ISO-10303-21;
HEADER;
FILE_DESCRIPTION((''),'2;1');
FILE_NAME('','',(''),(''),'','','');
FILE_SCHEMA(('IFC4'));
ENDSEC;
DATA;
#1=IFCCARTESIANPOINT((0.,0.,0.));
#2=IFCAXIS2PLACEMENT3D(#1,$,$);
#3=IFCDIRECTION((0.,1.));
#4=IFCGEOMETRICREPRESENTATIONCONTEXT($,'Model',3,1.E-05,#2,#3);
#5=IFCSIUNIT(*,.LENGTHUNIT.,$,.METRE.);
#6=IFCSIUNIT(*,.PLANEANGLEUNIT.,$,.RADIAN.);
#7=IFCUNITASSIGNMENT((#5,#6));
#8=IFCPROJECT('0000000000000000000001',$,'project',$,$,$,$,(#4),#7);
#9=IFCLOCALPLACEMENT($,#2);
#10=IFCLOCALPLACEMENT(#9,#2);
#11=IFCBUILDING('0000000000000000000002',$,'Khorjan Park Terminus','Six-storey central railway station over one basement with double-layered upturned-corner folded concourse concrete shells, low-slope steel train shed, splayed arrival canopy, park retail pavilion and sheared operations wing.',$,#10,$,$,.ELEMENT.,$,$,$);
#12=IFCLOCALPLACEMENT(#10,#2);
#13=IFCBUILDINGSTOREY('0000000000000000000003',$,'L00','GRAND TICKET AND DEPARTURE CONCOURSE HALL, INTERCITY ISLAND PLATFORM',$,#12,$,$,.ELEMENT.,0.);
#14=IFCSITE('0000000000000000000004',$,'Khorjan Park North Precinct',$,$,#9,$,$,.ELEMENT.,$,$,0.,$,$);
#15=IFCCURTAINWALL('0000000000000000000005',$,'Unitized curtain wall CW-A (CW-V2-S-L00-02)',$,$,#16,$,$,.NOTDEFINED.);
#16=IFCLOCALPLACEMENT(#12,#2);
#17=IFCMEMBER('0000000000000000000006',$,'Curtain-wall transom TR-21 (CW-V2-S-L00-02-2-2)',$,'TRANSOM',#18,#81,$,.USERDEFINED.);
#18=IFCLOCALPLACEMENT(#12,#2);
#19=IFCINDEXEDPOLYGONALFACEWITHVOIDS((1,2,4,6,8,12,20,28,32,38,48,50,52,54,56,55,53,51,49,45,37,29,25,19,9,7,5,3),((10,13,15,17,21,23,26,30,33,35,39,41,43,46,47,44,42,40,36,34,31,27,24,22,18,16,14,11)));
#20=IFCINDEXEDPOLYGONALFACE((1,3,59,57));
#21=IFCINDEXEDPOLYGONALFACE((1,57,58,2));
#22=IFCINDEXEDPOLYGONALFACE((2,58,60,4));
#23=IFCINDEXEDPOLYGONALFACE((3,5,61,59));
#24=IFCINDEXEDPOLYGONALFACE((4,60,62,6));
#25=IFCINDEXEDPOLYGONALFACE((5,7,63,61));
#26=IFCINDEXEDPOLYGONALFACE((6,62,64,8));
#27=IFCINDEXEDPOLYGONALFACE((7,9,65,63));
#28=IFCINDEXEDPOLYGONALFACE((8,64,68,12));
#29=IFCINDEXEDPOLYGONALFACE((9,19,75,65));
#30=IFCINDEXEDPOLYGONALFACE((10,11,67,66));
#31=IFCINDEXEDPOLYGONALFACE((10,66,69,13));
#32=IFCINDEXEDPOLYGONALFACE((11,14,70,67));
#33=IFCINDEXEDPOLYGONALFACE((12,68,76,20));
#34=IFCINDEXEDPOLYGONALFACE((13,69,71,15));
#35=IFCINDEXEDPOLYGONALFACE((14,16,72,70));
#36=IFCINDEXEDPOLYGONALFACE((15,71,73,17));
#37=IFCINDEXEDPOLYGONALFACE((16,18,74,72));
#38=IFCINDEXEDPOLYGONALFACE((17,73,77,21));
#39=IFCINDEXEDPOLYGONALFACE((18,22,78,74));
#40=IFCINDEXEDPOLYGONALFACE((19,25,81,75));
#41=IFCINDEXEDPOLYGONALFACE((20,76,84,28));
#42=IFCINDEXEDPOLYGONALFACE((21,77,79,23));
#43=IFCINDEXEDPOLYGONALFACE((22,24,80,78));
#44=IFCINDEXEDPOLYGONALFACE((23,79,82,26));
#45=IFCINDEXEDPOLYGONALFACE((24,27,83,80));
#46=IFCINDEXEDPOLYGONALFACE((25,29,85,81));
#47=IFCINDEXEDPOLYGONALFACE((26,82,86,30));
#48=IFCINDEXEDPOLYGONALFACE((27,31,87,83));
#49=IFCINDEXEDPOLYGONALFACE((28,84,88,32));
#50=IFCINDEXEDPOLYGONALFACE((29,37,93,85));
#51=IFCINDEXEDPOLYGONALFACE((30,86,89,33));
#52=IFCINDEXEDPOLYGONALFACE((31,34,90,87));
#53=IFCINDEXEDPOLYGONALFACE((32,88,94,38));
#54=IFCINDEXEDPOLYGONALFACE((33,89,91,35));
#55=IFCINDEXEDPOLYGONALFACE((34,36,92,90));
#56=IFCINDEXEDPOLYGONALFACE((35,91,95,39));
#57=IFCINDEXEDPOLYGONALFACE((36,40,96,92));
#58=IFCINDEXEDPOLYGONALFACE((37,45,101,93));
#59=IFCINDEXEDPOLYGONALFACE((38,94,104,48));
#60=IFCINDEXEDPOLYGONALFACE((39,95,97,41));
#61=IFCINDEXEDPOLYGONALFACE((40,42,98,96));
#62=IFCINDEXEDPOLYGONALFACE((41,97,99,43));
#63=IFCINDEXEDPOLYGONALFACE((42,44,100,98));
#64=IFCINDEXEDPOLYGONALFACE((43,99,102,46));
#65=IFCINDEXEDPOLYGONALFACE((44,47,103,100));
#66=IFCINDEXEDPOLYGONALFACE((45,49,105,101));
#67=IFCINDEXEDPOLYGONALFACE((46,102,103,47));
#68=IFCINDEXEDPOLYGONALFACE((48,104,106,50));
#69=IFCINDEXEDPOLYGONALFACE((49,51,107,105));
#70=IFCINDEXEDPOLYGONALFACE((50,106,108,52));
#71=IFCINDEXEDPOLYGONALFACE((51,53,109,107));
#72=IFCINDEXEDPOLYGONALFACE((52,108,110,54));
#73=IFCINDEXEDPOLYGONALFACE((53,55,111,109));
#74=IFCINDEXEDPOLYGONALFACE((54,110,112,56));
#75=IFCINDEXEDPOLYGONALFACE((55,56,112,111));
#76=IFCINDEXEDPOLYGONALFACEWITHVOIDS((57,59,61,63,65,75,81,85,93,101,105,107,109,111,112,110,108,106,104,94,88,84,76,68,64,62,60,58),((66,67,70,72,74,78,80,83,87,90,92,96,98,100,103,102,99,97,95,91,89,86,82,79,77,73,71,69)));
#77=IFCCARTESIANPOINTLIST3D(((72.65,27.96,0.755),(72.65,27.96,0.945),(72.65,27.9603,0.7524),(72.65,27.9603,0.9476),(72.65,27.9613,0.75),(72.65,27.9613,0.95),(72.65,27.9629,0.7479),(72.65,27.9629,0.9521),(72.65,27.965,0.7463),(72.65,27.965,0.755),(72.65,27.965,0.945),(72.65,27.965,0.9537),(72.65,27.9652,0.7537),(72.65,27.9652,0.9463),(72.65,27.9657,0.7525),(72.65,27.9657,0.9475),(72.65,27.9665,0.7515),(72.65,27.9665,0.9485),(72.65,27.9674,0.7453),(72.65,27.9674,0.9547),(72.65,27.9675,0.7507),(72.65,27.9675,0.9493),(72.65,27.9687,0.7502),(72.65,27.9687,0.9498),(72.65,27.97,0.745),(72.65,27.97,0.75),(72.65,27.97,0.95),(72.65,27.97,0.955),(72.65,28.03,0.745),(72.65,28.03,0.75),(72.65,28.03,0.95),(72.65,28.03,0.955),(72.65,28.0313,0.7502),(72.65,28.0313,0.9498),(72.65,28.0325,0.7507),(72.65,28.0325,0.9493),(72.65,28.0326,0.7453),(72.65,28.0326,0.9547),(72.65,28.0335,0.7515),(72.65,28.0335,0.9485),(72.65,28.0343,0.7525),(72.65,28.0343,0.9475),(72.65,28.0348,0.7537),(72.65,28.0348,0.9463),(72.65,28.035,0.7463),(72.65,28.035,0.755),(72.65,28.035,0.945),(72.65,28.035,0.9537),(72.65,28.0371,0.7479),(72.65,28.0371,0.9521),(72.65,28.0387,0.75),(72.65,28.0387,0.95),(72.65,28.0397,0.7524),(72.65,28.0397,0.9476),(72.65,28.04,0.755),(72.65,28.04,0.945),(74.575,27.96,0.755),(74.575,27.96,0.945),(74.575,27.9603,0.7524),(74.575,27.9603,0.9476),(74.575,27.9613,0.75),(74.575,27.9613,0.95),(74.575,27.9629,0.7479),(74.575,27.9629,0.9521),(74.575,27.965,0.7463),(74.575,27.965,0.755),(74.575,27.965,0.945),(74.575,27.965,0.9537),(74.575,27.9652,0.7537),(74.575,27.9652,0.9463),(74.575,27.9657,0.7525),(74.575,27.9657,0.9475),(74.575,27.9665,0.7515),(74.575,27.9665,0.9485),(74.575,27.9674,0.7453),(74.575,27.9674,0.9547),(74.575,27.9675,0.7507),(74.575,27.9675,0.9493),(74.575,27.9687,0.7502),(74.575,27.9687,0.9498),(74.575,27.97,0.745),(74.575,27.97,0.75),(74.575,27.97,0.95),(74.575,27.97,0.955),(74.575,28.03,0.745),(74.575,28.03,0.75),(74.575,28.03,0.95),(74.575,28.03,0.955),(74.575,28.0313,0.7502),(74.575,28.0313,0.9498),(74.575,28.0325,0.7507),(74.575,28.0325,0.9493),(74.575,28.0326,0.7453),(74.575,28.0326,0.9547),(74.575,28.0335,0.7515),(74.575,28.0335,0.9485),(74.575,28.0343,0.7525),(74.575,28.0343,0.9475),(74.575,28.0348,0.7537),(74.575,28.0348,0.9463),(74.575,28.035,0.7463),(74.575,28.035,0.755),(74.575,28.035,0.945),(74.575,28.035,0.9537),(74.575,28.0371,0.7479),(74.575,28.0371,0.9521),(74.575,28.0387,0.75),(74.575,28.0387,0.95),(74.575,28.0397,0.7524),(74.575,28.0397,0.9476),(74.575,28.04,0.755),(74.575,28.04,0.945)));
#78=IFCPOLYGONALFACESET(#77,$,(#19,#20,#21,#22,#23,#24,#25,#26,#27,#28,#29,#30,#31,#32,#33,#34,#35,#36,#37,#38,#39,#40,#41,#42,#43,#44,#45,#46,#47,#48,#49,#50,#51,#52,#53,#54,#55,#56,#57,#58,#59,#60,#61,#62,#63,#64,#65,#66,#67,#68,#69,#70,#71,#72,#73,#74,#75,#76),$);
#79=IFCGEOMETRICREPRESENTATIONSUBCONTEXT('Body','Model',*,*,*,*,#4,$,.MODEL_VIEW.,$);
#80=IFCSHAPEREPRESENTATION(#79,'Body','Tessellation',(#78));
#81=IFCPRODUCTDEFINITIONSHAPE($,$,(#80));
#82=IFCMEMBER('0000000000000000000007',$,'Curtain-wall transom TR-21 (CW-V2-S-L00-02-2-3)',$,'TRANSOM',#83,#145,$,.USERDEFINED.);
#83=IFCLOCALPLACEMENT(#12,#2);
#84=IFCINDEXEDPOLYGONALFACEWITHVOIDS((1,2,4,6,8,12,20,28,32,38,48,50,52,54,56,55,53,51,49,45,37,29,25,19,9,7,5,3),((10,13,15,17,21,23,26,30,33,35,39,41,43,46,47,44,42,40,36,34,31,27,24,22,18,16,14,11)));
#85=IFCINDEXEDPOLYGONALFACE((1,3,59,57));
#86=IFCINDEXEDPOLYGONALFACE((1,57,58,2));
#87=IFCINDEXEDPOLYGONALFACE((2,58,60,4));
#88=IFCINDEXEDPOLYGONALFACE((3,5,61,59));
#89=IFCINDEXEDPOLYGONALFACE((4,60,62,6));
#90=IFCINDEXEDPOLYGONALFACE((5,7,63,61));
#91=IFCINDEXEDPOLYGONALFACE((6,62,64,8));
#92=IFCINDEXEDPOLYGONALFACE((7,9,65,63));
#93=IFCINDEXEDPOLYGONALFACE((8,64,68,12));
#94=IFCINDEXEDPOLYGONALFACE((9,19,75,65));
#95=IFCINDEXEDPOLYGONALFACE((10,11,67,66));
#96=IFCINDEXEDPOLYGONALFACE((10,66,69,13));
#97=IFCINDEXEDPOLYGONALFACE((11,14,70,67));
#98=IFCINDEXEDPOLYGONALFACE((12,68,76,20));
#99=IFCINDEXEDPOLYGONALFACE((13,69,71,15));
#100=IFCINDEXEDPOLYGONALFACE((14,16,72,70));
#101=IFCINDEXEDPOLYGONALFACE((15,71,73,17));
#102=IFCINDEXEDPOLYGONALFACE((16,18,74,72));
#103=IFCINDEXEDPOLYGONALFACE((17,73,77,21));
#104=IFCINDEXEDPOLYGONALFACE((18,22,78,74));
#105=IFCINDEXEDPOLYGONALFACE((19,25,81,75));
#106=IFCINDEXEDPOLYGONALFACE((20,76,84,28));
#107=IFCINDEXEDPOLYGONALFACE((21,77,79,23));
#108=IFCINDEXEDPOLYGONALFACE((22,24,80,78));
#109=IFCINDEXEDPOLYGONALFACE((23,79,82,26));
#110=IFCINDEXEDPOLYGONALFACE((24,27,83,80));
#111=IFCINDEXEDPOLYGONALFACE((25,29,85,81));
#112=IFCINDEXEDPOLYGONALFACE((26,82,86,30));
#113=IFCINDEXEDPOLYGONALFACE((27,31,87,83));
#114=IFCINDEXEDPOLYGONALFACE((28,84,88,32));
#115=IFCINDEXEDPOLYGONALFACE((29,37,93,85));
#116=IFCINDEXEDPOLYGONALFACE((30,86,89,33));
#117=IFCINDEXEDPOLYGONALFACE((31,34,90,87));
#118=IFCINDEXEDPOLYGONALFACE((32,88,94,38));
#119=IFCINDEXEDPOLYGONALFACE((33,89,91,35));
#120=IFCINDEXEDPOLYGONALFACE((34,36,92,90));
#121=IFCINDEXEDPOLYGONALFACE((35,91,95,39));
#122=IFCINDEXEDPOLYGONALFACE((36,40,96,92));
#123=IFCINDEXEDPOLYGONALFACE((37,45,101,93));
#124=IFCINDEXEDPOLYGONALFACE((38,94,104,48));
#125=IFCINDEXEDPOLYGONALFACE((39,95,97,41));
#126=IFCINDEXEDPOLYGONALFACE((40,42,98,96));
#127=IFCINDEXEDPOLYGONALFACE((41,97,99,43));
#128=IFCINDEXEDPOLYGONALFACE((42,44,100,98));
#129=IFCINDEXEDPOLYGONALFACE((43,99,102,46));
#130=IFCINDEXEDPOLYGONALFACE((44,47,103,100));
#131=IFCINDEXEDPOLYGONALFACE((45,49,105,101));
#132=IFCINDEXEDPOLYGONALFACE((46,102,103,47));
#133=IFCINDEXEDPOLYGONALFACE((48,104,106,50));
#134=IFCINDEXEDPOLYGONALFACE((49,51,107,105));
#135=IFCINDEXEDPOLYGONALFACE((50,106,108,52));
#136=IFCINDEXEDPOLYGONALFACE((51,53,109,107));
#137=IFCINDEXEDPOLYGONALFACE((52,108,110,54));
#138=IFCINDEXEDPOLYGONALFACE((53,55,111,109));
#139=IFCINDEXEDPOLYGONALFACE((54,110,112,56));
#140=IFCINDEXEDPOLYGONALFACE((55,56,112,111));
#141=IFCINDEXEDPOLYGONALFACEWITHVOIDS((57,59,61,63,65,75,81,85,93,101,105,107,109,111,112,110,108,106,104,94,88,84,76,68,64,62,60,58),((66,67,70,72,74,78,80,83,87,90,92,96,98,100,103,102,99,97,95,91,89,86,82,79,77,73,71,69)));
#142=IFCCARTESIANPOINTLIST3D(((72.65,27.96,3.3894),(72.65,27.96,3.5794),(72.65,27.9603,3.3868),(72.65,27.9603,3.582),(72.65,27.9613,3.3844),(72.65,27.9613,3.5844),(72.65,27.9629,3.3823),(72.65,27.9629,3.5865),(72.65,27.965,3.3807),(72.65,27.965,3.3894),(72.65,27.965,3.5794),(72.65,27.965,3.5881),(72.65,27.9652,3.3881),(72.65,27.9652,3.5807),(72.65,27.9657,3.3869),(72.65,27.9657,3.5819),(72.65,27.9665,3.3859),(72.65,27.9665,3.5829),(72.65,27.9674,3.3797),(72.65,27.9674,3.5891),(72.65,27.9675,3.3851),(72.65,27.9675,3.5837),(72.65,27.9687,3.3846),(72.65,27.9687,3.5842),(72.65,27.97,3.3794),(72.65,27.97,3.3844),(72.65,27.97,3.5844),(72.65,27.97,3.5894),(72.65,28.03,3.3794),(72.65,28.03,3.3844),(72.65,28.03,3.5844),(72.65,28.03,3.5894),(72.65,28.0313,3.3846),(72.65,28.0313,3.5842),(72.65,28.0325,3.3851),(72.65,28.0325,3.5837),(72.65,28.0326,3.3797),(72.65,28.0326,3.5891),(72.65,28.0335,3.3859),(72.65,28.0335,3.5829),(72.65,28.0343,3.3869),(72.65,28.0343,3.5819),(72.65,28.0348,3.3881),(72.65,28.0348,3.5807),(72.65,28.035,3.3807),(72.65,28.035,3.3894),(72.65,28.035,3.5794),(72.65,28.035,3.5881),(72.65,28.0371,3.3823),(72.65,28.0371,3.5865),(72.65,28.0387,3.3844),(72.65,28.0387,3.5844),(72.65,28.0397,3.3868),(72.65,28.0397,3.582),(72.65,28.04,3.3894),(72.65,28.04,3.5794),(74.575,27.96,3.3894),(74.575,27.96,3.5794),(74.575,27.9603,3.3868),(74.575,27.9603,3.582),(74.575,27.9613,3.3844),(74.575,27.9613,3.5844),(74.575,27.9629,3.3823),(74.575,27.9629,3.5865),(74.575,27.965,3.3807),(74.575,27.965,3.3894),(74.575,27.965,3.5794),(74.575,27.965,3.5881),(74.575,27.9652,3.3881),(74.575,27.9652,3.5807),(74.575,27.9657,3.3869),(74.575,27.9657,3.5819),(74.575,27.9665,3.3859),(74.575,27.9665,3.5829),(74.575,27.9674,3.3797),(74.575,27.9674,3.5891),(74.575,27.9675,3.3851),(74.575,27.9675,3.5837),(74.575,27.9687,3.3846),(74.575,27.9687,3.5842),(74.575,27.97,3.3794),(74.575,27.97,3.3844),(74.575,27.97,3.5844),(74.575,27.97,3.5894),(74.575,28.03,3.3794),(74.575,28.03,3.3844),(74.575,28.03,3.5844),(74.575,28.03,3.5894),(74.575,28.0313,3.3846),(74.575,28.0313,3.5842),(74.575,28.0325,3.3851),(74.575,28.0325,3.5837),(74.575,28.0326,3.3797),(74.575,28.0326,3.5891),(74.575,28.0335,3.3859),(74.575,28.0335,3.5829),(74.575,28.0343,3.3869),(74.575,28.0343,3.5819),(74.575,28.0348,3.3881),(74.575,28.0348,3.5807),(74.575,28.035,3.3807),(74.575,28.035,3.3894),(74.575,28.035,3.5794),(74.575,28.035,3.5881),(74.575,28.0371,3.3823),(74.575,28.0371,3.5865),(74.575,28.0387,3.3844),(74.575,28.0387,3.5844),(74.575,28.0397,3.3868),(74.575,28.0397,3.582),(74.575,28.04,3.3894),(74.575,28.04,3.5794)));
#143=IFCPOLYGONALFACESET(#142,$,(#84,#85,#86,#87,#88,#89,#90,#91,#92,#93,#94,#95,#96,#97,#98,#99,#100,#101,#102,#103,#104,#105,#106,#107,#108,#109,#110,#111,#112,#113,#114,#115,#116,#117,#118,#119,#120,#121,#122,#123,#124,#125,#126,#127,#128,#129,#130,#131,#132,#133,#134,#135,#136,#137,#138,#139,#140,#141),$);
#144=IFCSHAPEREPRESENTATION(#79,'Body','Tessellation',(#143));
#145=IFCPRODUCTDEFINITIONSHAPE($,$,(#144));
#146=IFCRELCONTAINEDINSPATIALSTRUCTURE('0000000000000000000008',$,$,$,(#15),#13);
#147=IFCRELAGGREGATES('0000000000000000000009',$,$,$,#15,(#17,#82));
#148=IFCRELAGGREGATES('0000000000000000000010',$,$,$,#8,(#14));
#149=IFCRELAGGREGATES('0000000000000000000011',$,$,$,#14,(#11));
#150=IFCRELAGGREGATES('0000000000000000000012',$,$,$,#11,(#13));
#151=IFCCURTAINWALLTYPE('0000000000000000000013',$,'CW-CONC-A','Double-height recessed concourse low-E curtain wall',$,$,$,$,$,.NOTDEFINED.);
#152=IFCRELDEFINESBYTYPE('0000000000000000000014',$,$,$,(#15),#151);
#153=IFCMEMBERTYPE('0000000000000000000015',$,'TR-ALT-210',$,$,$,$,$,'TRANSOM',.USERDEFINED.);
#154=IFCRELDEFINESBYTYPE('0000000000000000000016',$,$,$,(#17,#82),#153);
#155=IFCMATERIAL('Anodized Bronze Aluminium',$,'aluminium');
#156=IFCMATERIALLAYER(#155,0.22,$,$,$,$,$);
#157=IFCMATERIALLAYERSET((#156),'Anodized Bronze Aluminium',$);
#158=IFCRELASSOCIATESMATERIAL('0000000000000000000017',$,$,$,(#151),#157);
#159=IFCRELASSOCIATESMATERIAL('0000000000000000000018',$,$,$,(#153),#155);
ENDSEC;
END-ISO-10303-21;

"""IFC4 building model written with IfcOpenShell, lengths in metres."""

from ifc_helpers import new_model, si_unit, direction, frame, origin, origin_2d, place, context, subcontext, project, spatial, hollow_rectangle, extrude, material, layer, layer_set, material_profile, profile_set, type_object, element, aggregate, save


model = new_model("IFC4")

# Units and contexts
model_context = context("Model", 3, precision=1e-05, world=origin(), true_north=direction((0.0, 1.0)))
body_context = subcontext(model_context, "Body", "Model", "MODEL_VIEW")
ifc_project = project(units=[si_unit("LENGTHUNIT", "METRE"), si_unit("PLANEANGLEUNIT", "RADIAN")], contexts=[model_context])

# Site, building, storey
site_placement = place(None, origin())
site = spatial("IfcSite", under=ifc_project, at=site_placement, Name="Khorjan Park North Precinct", CompositionType="ELEMENT", RefElevation=0.0)
building_placement = place(site_placement, origin())
building = spatial("IfcBuilding", under=site, at=building_placement, Name="Khorjan Park Terminus", Description="Six-storey central railway station over one basement with double-layered upturned-corner folded concourse concrete shells, low-slope steel train shed, splayed arrival canopy, park retail pavilion and sheared operations wing.", CompositionType="ELEMENT")
storey_placement = place(building_placement, origin())
storey = spatial("IfcBuildingStorey", under=building, at=storey_placement, Name="L00", Description="GRAND TICKET AND DEPARTURE CONCOURSE HALL, INTERCITY ISLAND PLATFORM", CompositionType="ELEMENT", Elevation=0.0)

# Curtain wall, members
ifc_material_1 = material(Name="Anodized Bronze Aluminium", Category="aluminium")
ifc_layer_1 = layer(ifc_material_1, 0.22)
ifc_layer_set_1 = layer_set([ifc_layer_1], Name="Anodized Bronze Aluminium")
curtain_wall_type = type_object("IfcCurtainWallType", Name="CW-CONC-A", Description="Double-height recessed concourse low-E curtain wall", PredefinedType="NOTDEFINED", material=ifc_layer_set_1)
curtain_wall_placement = place(storey_placement, origin())
curtain_wall = element("IfcCurtainWall", 1, at=curtain_wall_placement, inside=storey, type_object=curtain_wall_type, Name="Unitized curtain wall CW-A (CW-V2-S-L00-02)", PredefinedType="NOTDEFINED")
ifc_material_profile_1 = material_profile(ifc_material_1, hollow_rectangle(XDim=0.08, YDim=0.21, WallThickness=0.005, InnerFilletRadius=0.005, OuterFilletRadius=0.01, at=origin_2d()), Name="ALT 80x210x5")
ifc_profile_set_1 = profile_set([ifc_material_profile_1], Name="Anodized Bronze Aluminium")
member_type_1 = type_object("IfcMemberType", Name="TR-ALT-210", ElementType="TRANSOM", PredefinedType="USERDEFINED", material=ifc_profile_set_1)
member_1_placement = place(storey_placement, frame((72.65, 28.0, 0.85), z_axis=(1.0, 0.0, 0.0), x_axis=(0.0, 1.0, 0.0)))
member_1 = element("IfcMember", 2, at=member_1_placement, type_object=member_type_1, Name="Curtain-wall transom TR-21 (CW-V2-S-L00-02-2-2)", ObjectType="TRANSOM", PredefinedType="USERDEFINED", context=body_context, shape_type="SweptSolid", body=[
    extrude(hollow_rectangle(XDim=0.08, YDim=0.21, WallThickness=0.005, InnerFilletRadius=0.005, OuterFilletRadius=0.01, at=origin_2d()), origin(), (0.0, 0.0, 1.0), 1.925),
])
member_2_placement = place(storey_placement, frame((72.65, 28.0, 3.4844), z_axis=(1.0, 0.0, 0.0), x_axis=(0.0, 1.0, 0.0)))
member_2 = element("IfcMember", 3, at=member_2_placement, type_object=member_type_1, Name="Curtain-wall transom TR-21 (CW-V2-S-L00-02-2-3)", ObjectType="TRANSOM", PredefinedType="USERDEFINED", context=body_context, shape_type="SweptSolid", body=[
    extrude(hollow_rectangle(XDim=0.08, YDim=0.21, WallThickness=0.005, InnerFilletRadius=0.005, OuterFilletRadius=0.01, at=origin_2d()), origin(), (0.0, 0.0, 1.0), 1.925),
])
aggregate(curtain_wall, [member_1, member_2])

save(model, "model.ifc")
